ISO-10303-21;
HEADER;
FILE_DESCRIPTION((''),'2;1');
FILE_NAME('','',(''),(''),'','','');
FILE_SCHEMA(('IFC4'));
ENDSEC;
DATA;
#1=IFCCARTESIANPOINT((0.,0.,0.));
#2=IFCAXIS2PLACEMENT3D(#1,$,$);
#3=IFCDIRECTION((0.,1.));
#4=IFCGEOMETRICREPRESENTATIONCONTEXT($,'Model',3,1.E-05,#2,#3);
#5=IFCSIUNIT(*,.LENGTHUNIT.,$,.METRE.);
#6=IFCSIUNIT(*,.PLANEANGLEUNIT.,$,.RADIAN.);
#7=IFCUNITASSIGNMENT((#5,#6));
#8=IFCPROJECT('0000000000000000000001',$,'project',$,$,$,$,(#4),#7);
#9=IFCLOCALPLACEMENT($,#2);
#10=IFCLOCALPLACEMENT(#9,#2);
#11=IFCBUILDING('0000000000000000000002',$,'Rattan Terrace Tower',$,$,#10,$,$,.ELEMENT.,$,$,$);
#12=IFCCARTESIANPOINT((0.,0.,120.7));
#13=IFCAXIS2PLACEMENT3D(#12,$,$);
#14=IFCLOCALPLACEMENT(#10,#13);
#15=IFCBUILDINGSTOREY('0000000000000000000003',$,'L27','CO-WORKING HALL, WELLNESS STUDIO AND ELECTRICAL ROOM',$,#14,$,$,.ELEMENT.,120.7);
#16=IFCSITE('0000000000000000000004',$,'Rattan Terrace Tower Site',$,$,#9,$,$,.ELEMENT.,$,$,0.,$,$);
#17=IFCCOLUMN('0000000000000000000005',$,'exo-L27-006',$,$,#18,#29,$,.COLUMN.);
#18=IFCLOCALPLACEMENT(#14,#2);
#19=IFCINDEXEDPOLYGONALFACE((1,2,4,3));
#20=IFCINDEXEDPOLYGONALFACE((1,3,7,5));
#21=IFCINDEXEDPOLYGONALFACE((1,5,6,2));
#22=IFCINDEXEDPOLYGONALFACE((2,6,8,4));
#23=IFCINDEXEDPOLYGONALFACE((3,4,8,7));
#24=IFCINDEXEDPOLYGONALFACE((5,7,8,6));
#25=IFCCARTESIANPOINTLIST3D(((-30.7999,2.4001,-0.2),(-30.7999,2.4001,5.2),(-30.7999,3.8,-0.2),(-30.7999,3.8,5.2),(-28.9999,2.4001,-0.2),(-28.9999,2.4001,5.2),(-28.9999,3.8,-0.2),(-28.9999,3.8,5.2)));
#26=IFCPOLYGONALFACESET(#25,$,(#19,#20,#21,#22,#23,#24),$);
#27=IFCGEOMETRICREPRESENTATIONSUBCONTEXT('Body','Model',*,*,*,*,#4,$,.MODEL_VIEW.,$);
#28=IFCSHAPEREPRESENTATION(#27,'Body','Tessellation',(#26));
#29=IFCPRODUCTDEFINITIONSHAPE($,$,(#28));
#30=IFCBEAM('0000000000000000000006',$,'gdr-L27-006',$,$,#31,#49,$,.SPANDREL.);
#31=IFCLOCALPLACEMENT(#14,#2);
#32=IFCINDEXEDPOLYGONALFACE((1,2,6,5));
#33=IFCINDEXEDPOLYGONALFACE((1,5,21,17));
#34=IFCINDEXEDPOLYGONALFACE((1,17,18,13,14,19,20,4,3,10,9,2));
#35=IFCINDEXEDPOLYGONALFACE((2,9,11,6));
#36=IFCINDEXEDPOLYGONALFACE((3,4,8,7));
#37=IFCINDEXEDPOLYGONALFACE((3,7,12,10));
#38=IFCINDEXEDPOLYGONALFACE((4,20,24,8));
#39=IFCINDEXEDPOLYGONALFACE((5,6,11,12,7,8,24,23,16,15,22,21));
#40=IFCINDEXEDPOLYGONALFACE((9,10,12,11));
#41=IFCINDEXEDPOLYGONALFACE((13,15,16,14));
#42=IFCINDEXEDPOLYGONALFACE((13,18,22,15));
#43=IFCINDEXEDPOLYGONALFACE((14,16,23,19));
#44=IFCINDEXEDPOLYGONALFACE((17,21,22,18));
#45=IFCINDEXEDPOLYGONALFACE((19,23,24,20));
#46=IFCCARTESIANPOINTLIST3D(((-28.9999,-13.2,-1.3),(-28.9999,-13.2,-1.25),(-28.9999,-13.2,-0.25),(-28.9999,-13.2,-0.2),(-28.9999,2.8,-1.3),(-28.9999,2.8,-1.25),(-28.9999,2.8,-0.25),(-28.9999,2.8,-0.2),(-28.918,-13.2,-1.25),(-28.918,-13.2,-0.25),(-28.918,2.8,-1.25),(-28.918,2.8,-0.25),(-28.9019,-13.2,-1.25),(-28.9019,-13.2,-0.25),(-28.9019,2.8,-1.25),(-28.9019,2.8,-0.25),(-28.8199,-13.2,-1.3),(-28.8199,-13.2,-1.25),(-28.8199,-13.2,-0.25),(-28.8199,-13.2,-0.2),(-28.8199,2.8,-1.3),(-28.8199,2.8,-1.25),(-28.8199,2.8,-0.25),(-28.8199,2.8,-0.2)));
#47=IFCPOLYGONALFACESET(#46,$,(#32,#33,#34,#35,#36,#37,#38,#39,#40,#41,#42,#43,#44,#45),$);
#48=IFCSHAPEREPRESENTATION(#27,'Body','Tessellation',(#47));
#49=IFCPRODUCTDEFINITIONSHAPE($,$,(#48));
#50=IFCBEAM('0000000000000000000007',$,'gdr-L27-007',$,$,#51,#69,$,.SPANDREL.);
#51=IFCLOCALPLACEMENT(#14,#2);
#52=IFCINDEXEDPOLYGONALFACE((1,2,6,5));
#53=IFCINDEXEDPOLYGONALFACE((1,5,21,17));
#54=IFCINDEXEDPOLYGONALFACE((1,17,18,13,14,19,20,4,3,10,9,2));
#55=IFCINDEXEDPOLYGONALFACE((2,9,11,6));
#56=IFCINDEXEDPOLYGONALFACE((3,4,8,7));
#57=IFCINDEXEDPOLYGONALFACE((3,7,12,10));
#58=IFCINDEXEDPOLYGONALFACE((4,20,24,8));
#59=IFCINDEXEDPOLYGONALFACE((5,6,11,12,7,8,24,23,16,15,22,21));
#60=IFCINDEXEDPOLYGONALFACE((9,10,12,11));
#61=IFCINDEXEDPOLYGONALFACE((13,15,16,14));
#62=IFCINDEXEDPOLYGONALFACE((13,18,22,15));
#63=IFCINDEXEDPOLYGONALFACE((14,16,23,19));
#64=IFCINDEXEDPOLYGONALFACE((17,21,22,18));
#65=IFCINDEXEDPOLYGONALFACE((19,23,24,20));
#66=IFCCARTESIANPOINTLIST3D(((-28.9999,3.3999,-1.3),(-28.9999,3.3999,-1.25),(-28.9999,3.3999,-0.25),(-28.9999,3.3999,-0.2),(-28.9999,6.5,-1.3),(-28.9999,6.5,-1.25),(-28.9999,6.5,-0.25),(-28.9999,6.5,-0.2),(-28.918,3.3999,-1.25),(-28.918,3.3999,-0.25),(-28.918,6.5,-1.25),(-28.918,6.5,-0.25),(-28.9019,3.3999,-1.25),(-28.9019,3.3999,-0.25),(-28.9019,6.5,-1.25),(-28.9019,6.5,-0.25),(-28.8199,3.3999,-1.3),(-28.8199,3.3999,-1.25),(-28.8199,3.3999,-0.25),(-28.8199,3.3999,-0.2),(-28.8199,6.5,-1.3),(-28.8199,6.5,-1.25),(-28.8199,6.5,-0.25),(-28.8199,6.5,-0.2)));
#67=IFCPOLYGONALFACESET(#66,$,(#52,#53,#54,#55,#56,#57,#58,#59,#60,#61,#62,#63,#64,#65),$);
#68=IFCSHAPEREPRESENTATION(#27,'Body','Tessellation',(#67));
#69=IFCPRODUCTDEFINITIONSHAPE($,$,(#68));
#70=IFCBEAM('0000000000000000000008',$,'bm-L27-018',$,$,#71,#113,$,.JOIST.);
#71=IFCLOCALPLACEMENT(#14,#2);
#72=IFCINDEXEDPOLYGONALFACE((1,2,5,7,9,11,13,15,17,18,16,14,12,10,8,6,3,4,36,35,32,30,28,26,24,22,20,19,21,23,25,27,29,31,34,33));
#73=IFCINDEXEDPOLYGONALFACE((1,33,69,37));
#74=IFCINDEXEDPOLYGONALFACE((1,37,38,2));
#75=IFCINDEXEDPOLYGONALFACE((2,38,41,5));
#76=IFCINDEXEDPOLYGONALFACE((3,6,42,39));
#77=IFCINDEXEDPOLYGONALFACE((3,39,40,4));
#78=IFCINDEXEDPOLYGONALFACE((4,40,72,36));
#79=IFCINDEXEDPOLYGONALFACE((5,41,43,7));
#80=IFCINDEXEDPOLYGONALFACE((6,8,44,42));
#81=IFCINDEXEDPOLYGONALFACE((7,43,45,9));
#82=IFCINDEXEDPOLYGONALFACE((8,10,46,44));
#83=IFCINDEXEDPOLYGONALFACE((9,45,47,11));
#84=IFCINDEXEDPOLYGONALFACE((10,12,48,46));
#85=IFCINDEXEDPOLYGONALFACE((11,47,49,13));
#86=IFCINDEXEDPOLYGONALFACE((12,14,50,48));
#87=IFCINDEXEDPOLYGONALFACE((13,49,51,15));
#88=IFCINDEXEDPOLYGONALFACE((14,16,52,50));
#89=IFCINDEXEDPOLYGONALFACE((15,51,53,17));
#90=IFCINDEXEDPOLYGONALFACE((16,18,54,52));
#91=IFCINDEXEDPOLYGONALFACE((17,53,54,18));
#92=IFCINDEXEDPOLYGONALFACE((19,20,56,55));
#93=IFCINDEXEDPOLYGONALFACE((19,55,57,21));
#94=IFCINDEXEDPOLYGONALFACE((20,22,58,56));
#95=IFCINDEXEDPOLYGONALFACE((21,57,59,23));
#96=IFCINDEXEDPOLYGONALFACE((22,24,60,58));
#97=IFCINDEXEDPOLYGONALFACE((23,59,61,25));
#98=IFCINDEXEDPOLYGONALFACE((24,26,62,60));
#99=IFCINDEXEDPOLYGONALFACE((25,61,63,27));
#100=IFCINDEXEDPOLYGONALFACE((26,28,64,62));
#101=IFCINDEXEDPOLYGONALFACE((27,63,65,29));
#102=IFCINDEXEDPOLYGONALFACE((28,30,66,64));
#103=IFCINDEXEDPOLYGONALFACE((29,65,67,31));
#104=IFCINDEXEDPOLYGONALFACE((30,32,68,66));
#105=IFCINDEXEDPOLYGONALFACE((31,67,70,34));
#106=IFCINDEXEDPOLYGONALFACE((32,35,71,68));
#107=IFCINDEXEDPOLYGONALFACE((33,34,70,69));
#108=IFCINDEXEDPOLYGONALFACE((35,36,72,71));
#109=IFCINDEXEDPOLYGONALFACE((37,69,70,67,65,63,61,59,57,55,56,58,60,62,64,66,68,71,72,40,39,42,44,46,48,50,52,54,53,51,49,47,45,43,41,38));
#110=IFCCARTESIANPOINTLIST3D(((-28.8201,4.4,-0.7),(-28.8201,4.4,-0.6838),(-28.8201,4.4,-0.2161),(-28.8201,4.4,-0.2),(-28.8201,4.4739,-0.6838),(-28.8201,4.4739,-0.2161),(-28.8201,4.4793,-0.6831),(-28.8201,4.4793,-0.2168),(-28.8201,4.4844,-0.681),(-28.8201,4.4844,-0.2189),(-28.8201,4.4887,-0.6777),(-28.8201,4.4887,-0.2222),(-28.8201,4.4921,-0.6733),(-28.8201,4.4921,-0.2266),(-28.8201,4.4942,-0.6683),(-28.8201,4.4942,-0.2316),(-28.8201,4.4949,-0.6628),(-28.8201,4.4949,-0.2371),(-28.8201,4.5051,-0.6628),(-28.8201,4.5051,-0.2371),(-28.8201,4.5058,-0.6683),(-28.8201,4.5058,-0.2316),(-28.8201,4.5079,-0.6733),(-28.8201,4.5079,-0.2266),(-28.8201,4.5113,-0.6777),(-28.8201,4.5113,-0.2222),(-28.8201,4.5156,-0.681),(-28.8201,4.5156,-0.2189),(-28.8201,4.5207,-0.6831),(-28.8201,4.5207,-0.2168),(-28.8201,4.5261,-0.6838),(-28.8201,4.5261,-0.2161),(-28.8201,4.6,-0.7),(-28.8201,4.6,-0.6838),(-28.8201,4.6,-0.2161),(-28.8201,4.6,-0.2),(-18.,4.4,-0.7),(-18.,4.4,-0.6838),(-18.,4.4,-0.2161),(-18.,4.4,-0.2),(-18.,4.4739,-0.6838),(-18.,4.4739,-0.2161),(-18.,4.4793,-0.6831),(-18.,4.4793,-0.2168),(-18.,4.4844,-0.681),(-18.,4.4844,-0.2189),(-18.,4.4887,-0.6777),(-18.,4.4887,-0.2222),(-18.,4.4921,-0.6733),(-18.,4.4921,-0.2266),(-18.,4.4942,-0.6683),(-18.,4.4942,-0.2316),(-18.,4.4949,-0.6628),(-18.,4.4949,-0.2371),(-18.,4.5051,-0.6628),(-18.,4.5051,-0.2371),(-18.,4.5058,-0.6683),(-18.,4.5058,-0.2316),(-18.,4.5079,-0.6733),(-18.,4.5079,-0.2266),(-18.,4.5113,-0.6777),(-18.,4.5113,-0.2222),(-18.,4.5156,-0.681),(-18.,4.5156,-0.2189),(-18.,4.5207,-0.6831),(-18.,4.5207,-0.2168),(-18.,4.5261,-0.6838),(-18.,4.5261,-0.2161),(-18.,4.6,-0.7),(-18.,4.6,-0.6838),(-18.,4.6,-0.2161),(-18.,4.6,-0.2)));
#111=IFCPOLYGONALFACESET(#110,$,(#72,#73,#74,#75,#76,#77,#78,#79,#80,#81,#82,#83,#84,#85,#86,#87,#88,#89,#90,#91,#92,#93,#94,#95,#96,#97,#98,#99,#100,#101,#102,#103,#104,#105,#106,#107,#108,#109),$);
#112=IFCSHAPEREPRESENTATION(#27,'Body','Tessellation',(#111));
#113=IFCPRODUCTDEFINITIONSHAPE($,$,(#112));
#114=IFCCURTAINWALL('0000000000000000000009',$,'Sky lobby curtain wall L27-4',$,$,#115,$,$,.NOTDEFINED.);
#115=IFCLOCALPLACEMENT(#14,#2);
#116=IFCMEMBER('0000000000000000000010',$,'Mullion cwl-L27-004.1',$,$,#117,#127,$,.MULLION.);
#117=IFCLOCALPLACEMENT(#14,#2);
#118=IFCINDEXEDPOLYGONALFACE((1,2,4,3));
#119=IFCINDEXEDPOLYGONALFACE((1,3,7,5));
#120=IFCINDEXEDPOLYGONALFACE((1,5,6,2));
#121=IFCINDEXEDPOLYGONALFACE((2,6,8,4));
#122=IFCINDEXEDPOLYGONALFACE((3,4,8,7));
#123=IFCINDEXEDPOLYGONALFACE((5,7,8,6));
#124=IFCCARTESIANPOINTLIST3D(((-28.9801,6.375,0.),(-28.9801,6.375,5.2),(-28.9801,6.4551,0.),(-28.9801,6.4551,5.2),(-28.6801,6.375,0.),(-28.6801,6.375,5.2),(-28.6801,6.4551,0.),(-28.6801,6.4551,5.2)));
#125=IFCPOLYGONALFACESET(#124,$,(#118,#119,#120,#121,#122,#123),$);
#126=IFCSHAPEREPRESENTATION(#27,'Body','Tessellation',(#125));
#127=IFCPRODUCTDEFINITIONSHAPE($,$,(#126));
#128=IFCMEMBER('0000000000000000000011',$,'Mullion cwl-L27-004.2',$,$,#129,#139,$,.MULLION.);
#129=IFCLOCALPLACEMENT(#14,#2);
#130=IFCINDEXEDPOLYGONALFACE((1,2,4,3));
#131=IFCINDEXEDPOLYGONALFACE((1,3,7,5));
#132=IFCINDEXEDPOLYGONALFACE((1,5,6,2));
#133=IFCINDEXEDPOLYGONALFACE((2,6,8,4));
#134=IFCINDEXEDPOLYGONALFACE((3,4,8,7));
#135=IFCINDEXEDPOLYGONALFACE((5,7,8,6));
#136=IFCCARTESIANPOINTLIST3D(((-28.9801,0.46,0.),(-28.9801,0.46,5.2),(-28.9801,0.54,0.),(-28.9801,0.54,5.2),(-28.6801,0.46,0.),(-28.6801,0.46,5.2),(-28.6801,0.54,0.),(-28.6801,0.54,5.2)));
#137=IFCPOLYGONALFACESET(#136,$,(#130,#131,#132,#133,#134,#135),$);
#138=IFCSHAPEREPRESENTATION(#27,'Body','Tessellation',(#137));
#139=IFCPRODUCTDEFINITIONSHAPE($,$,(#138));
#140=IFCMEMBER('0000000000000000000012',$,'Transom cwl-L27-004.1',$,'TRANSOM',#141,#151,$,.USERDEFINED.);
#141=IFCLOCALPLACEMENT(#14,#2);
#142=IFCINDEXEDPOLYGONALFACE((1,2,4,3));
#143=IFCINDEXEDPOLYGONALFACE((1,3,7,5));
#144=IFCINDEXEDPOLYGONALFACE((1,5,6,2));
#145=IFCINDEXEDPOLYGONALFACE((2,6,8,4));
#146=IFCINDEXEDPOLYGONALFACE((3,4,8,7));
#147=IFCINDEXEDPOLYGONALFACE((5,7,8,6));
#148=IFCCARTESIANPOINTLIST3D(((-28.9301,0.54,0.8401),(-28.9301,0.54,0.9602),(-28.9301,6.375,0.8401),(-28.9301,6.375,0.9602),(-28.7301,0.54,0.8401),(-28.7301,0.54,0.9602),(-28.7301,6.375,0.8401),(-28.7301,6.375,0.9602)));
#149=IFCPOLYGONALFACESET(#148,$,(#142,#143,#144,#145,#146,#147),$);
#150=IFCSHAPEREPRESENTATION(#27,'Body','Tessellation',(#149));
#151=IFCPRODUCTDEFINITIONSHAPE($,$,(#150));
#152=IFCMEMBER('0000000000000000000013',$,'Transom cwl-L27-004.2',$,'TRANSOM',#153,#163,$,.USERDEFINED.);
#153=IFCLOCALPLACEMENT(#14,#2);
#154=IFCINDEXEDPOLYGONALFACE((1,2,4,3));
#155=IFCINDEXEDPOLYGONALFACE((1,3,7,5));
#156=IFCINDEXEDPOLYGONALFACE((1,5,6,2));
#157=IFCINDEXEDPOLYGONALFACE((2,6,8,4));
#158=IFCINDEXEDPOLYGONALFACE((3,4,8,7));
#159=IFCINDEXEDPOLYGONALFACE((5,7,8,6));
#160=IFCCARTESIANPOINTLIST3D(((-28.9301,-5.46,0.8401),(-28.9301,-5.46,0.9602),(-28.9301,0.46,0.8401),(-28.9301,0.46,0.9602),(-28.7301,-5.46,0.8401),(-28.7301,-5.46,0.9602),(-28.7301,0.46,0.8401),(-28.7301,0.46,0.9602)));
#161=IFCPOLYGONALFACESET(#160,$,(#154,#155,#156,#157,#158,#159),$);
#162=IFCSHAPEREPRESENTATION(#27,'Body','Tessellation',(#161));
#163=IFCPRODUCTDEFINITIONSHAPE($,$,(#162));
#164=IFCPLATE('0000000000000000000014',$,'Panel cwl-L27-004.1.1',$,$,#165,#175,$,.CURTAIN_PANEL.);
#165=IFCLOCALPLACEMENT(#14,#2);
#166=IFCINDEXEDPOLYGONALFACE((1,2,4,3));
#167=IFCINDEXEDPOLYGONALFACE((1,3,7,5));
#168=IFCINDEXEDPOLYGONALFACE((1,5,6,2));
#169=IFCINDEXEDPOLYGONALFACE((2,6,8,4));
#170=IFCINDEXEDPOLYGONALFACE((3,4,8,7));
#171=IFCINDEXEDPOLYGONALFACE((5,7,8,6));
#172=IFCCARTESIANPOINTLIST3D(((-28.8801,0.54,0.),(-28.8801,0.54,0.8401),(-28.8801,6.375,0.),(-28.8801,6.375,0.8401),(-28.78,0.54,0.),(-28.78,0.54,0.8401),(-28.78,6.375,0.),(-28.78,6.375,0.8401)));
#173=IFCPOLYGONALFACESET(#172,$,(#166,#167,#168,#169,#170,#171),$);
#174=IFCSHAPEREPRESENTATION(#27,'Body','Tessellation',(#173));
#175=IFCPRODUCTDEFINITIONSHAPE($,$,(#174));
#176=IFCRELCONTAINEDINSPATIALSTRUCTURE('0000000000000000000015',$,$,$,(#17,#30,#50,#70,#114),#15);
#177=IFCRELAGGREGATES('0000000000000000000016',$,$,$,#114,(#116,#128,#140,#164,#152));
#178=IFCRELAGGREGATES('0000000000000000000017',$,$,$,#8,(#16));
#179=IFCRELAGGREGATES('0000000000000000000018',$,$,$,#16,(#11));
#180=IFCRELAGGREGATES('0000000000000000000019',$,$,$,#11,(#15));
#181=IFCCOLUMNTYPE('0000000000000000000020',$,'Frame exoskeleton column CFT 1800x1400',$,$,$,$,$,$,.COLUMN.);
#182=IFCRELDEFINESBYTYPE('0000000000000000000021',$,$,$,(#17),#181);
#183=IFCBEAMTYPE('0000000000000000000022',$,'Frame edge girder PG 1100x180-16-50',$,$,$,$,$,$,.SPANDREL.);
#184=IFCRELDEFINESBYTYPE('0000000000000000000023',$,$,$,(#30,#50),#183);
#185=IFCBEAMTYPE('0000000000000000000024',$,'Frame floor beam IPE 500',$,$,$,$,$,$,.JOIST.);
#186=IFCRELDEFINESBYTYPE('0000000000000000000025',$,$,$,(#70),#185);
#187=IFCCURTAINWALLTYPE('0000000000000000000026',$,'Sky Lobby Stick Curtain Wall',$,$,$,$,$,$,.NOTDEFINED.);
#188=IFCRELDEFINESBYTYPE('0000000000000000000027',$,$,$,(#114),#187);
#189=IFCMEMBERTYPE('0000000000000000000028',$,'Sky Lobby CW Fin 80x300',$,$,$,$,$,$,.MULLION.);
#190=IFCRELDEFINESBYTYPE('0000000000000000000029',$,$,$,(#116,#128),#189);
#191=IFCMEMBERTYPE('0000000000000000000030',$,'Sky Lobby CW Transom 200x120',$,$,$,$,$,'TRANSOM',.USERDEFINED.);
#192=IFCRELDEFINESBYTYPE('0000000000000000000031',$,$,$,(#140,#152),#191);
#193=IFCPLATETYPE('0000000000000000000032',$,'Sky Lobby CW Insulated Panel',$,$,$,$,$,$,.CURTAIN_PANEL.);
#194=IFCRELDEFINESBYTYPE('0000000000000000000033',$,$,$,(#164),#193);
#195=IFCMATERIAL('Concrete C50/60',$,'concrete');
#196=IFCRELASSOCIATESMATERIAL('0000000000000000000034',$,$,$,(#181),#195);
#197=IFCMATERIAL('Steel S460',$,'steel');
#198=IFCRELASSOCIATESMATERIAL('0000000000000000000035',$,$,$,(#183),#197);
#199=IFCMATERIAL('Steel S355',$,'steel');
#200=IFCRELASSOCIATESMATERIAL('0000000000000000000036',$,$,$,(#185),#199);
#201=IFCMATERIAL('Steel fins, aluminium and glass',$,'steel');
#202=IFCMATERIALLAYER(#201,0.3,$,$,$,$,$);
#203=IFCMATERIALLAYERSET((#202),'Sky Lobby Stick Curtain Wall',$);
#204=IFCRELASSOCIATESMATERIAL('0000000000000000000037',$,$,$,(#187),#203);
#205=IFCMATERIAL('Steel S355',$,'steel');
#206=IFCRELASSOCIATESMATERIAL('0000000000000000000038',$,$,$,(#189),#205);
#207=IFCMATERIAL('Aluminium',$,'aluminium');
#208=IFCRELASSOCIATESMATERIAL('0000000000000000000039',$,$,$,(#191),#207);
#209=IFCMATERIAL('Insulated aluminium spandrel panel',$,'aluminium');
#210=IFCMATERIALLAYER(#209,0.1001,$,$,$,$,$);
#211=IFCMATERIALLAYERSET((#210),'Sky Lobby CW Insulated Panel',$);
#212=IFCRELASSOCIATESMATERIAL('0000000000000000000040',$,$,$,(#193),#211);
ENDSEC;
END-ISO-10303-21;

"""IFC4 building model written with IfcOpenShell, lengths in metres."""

from ifc_helpers import new_model, si_unit, direction, frame, origin, origin_2d, place, context, subcontext, project, spatial, rectangle, i_section, extrude, material, layer, layer_set, material_profile, profile_set, type_object, element, aggregate, save


model = new_model("IFC4")

# Units and contexts
model_context = context("Model", 3, precision=1e-05, world=origin(), true_north=direction((0.0, 1.0)))
body_context = subcontext(model_context, "Body", "Model", "MODEL_VIEW")
ifc_project = project(units=[si_unit("LENGTHUNIT", "METRE"), si_unit("PLANEANGLEUNIT", "RADIAN")], contexts=[model_context])

# Site, building, storey
site_placement = place(None, origin())
site = spatial("IfcSite", under=ifc_project, at=site_placement, Name="Rattan Terrace Tower Site", CompositionType="ELEMENT", RefElevation=0.0)
building_placement = place(site_placement, origin())
building = spatial("IfcBuilding", under=site, at=building_placement, Name="Rattan Terrace Tower", CompositionType="ELEMENT")
storey_placement = place(building_placement, frame((0.0, 0.0, 120.7)))
storey = spatial("IfcBuildingStorey", under=building, at=storey_placement, Name="L27", Description="CO-WORKING HALL, WELLNESS STUDIO AND ELECTRICAL ROOM", CompositionType="ELEMENT", Elevation=120.7)

# Column
ifc_material_1 = material(Name="Concrete C50/60", Category="concrete")
ifc_material_profile_1 = material_profile(ifc_material_1, rectangle(XDim=1.3999, YDim=1.8, at=origin_2d()), Name="CFT 1800x1400")
ifc_profile_set_1 = profile_set([ifc_material_profile_1], Name="Concrete C50/60")
column_type = type_object("IfcColumnType", Name="Frame exoskeleton column CFT 1800x1400", PredefinedType="COLUMN", material=ifc_profile_set_1)
column_placement = place(storey_placement, frame((-29.8999, 3.1001, -0.2), z_axis=(0.0, 0.0, 1.0), x_axis=(0.0, 1.0, 0.0)))
element("IfcColumn", 1, at=column_placement, inside=storey, type_object=column_type, Name="exo-L27-006", PredefinedType="COLUMN", context=body_context, shape_type="SweptSolid", body=[
    extrude(rectangle(XDim=1.3999, YDim=1.8, at=origin_2d()), origin(), (0.0, 0.0, 1.0), 5.3999),
])

# Beams
ifc_material_2 = material(Name="Steel S460", Category="steel")
ifc_material_profile_2 = material_profile(ifc_material_2, i_section(OverallWidth=0.1799, OverallDepth=1.1001, WebThickness=0.0161, FlangeThickness=0.05, at=origin_2d()), Name="PG 1100x180-16-50")
ifc_profile_set_2 = profile_set([ifc_material_profile_2], Name="Steel S460")
beam_type_1 = type_object("IfcBeamType", Name="Frame edge girder PG 1100x180-16-50", PredefinedType="SPANDREL", material=ifc_profile_set_2)
beam_1_placement = place(storey_placement, frame((-28.9099, 2.8, -0.75), z_axis=(0.0, -1.0, 0.0), x_axis=(1.0, 0.0, 0.0)))
element("IfcBeam", 2, at=beam_1_placement, inside=storey, type_object=beam_type_1, Name="gdr-L27-006", PredefinedType="SPANDREL", context=body_context, shape_type="SweptSolid", body=[
    extrude(i_section(OverallWidth=0.1799, OverallDepth=1.1001, WebThickness=0.0161, FlangeThickness=0.05, at=origin_2d()), origin(), (0.0, 0.0, 1.0), 16.0),
])
beam_2_placement = place(storey_placement, frame((-28.9099, 3.3999, -0.75), z_axis=(0.0, 1.0, 0.0), x_axis=(-1.0, 0.0, 0.0)))
element("IfcBeam", 3, at=beam_2_placement, inside=storey, type_object=beam_type_1, Name="gdr-L27-007", PredefinedType="SPANDREL", context=body_context, shape_type="SweptSolid", body=[
    extrude(i_section(OverallWidth=0.1799, OverallDepth=1.1001, WebThickness=0.0161, FlangeThickness=0.05, at=origin_2d()), origin(), (0.0, 0.0, 1.0), 3.1001),
])
ifc_material_3 = material(Name="Steel S355", Category="steel")
ifc_material_profile_3 = material_profile(ifc_material_3, i_section(OverallWidth=0.2, OverallDepth=0.5, WebThickness=0.0103, FlangeThickness=0.0161, FilletRadius=0.021, at=origin_2d()), Name="IPE 500")
ifc_profile_set_3 = profile_set([ifc_material_profile_3], Name="Steel S355")
beam_type_2 = type_object("IfcBeamType", Name="Frame floor beam IPE 500", PredefinedType="JOIST", material=ifc_profile_set_3)
beam_3_placement = place(storey_placement, frame((-28.8201, 4.5, -0.45), z_axis=(1.0, 0.0, 0.0), x_axis=(0.0, 1.0, 0.0)))
element("IfcBeam", 4, at=beam_3_placement, inside=storey, type_object=beam_type_2, Name="bm-L27-018", PredefinedType="JOIST", context=body_context, shape_type="SweptSolid", body=[
    extrude(i_section(OverallWidth=0.2, OverallDepth=0.5, WebThickness=0.0103, FlangeThickness=0.0161, FilletRadius=0.021, at=origin_2d()), origin(), (0.0, 0.0, 1.0), 10.8201),
])

# Curtain wall, members, plate
ifc_material_4 = material(Name="Steel fins, aluminium and glass", Category="steel")
ifc_layer_1 = layer(ifc_material_4, 0.3)
ifc_layer_set_1 = layer_set([ifc_layer_1], Name="Sky Lobby Stick Curtain Wall")
curtain_wall_type = type_object("IfcCurtainWallType", Name="Sky Lobby Stick Curtain Wall", PredefinedType="NOTDEFINED", material=ifc_layer_set_1)
curtain_wall_placement = place(storey_placement, origin())
curtain_wall = element("IfcCurtainWall", 5, at=curtain_wall_placement, inside=storey, type_object=curtain_wall_type, Name="Sky lobby curtain wall L27-4", PredefinedType="NOTDEFINED")
ifc_material_5 = material(Name="Steel S355", Category="steel")
ifc_material_profile_4 = material_profile(ifc_material_5, rectangle(XDim=0.0801, YDim=0.3, at=origin_2d()), Name="Steel S355 80x300")
ifc_profile_set_4 = profile_set([ifc_material_profile_4], Name="Steel S355")
member_type_1 = type_object("IfcMemberType", Name="Sky Lobby CW Fin 80x300", PredefinedType="MULLION", material=ifc_profile_set_4)
member_1_placement = place(storey_placement, frame((-28.8301, 6.415, 0.0), z_axis=(0.0, 0.0, 1.0), x_axis=(0.0, -1.0, 0.0)))
member_1 = element("IfcMember", 6, at=member_1_placement, type_object=member_type_1, Name="Mullion cwl-L27-004.1", PredefinedType="MULLION", context=body_context, shape_type="SweptSolid", body=[
    extrude(rectangle(XDim=0.0801, YDim=0.3, at=origin_2d()), origin(), (0.0, 0.0, 1.0), 5.2),
])
member_2_placement = place(storey_placement, frame((-28.8301, 0.5, 0.0), z_axis=(0.0, 0.0, 1.0), x_axis=(0.0, -1.0, 0.0)))
member_2 = element("IfcMember", 7, at=member_2_placement, type_object=member_type_1, Name="Mullion cwl-L27-004.2", PredefinedType="MULLION", context=body_context, shape_type="SweptSolid", body=[
    extrude(rectangle(XDim=0.0801, YDim=0.3, at=origin_2d()), origin(), (0.0, 0.0, 1.0), 5.2),
])
ifc_material_6 = material(Name="Aluminium", Category="aluminium")
ifc_material_profile_5 = material_profile(ifc_material_6, rectangle(XDim=0.2, YDim=0.1201, at=origin_2d()), Name="Aluminium 200x120")
ifc_profile_set_5 = profile_set([ifc_material_profile_5], Name="Aluminium")
member_type_2 = type_object("IfcMemberType", Name="Sky Lobby CW Transom 200x120", ElementType="TRANSOM", PredefinedType="USERDEFINED", material=ifc_profile_set_5)
member_3_placement = place(storey_placement, frame((-28.8301, 6.375, 0.9001), z_axis=(0.0, -1.0, 0.0), x_axis=(1.0, 0.0, 0.0)))
member_3 = element("IfcMember", 8, at=member_3_placement, type_object=member_type_2, Name="Transom cwl-L27-004.1", ObjectType="TRANSOM", PredefinedType="USERDEFINED", context=body_context, shape_type="SweptSolid", body=[
    extrude(rectangle(XDim=0.2, YDim=0.1201, at=origin_2d()), origin(), (0.0, 0.0, 1.0), 5.835),
])
member_4_placement = place(storey_placement, frame((-28.8301, 0.46, 0.9001), z_axis=(0.0, -1.0, 0.0), x_axis=(1.0, 0.0, 0.0)))
member_4 = element("IfcMember", 9, at=member_4_placement, type_object=member_type_2, Name="Transom cwl-L27-004.2", ObjectType="TRANSOM", PredefinedType="USERDEFINED", context=body_context, shape_type="SweptSolid", body=[
    extrude(rectangle(XDim=0.2, YDim=0.1201, at=origin_2d()), origin(), (0.0, 0.0, 1.0), 5.9199),
])
ifc_material_7 = material(Name="Insulated aluminium spandrel panel", Category="aluminium")
ifc_layer_2 = layer(ifc_material_7, 0.1001)
ifc_layer_set_2 = layer_set([ifc_layer_2], Name="Sky Lobby CW Insulated Panel")
plate_type_1 = type_object("IfcPlateType", Name="Sky Lobby CW Insulated Panel", PredefinedType="CURTAIN_PANEL", material=ifc_layer_set_2)
plate_1_placement = place(storey_placement, frame((-28.8301, 3.4575, 0.0), z_axis=(0.0, 0.0, 1.0), x_axis=(0.0, -1.0, 0.0)))
plate_1 = element("IfcPlate", 10, at=plate_1_placement, type_object=plate_type_1, Name="Panel cwl-L27-004.1.1", PredefinedType="CURTAIN_PANEL", context=body_context, shape_type="SweptSolid", body=[
    extrude(rectangle(XDim=5.835, YDim=0.1001, at=origin_2d()), origin(), (0.0, 0.0, 1.0), 0.8401),
])
aggregate(curtain_wall, [member_1, member_2, member_3, plate_1, member_4])

save(model, "model.ifc")
